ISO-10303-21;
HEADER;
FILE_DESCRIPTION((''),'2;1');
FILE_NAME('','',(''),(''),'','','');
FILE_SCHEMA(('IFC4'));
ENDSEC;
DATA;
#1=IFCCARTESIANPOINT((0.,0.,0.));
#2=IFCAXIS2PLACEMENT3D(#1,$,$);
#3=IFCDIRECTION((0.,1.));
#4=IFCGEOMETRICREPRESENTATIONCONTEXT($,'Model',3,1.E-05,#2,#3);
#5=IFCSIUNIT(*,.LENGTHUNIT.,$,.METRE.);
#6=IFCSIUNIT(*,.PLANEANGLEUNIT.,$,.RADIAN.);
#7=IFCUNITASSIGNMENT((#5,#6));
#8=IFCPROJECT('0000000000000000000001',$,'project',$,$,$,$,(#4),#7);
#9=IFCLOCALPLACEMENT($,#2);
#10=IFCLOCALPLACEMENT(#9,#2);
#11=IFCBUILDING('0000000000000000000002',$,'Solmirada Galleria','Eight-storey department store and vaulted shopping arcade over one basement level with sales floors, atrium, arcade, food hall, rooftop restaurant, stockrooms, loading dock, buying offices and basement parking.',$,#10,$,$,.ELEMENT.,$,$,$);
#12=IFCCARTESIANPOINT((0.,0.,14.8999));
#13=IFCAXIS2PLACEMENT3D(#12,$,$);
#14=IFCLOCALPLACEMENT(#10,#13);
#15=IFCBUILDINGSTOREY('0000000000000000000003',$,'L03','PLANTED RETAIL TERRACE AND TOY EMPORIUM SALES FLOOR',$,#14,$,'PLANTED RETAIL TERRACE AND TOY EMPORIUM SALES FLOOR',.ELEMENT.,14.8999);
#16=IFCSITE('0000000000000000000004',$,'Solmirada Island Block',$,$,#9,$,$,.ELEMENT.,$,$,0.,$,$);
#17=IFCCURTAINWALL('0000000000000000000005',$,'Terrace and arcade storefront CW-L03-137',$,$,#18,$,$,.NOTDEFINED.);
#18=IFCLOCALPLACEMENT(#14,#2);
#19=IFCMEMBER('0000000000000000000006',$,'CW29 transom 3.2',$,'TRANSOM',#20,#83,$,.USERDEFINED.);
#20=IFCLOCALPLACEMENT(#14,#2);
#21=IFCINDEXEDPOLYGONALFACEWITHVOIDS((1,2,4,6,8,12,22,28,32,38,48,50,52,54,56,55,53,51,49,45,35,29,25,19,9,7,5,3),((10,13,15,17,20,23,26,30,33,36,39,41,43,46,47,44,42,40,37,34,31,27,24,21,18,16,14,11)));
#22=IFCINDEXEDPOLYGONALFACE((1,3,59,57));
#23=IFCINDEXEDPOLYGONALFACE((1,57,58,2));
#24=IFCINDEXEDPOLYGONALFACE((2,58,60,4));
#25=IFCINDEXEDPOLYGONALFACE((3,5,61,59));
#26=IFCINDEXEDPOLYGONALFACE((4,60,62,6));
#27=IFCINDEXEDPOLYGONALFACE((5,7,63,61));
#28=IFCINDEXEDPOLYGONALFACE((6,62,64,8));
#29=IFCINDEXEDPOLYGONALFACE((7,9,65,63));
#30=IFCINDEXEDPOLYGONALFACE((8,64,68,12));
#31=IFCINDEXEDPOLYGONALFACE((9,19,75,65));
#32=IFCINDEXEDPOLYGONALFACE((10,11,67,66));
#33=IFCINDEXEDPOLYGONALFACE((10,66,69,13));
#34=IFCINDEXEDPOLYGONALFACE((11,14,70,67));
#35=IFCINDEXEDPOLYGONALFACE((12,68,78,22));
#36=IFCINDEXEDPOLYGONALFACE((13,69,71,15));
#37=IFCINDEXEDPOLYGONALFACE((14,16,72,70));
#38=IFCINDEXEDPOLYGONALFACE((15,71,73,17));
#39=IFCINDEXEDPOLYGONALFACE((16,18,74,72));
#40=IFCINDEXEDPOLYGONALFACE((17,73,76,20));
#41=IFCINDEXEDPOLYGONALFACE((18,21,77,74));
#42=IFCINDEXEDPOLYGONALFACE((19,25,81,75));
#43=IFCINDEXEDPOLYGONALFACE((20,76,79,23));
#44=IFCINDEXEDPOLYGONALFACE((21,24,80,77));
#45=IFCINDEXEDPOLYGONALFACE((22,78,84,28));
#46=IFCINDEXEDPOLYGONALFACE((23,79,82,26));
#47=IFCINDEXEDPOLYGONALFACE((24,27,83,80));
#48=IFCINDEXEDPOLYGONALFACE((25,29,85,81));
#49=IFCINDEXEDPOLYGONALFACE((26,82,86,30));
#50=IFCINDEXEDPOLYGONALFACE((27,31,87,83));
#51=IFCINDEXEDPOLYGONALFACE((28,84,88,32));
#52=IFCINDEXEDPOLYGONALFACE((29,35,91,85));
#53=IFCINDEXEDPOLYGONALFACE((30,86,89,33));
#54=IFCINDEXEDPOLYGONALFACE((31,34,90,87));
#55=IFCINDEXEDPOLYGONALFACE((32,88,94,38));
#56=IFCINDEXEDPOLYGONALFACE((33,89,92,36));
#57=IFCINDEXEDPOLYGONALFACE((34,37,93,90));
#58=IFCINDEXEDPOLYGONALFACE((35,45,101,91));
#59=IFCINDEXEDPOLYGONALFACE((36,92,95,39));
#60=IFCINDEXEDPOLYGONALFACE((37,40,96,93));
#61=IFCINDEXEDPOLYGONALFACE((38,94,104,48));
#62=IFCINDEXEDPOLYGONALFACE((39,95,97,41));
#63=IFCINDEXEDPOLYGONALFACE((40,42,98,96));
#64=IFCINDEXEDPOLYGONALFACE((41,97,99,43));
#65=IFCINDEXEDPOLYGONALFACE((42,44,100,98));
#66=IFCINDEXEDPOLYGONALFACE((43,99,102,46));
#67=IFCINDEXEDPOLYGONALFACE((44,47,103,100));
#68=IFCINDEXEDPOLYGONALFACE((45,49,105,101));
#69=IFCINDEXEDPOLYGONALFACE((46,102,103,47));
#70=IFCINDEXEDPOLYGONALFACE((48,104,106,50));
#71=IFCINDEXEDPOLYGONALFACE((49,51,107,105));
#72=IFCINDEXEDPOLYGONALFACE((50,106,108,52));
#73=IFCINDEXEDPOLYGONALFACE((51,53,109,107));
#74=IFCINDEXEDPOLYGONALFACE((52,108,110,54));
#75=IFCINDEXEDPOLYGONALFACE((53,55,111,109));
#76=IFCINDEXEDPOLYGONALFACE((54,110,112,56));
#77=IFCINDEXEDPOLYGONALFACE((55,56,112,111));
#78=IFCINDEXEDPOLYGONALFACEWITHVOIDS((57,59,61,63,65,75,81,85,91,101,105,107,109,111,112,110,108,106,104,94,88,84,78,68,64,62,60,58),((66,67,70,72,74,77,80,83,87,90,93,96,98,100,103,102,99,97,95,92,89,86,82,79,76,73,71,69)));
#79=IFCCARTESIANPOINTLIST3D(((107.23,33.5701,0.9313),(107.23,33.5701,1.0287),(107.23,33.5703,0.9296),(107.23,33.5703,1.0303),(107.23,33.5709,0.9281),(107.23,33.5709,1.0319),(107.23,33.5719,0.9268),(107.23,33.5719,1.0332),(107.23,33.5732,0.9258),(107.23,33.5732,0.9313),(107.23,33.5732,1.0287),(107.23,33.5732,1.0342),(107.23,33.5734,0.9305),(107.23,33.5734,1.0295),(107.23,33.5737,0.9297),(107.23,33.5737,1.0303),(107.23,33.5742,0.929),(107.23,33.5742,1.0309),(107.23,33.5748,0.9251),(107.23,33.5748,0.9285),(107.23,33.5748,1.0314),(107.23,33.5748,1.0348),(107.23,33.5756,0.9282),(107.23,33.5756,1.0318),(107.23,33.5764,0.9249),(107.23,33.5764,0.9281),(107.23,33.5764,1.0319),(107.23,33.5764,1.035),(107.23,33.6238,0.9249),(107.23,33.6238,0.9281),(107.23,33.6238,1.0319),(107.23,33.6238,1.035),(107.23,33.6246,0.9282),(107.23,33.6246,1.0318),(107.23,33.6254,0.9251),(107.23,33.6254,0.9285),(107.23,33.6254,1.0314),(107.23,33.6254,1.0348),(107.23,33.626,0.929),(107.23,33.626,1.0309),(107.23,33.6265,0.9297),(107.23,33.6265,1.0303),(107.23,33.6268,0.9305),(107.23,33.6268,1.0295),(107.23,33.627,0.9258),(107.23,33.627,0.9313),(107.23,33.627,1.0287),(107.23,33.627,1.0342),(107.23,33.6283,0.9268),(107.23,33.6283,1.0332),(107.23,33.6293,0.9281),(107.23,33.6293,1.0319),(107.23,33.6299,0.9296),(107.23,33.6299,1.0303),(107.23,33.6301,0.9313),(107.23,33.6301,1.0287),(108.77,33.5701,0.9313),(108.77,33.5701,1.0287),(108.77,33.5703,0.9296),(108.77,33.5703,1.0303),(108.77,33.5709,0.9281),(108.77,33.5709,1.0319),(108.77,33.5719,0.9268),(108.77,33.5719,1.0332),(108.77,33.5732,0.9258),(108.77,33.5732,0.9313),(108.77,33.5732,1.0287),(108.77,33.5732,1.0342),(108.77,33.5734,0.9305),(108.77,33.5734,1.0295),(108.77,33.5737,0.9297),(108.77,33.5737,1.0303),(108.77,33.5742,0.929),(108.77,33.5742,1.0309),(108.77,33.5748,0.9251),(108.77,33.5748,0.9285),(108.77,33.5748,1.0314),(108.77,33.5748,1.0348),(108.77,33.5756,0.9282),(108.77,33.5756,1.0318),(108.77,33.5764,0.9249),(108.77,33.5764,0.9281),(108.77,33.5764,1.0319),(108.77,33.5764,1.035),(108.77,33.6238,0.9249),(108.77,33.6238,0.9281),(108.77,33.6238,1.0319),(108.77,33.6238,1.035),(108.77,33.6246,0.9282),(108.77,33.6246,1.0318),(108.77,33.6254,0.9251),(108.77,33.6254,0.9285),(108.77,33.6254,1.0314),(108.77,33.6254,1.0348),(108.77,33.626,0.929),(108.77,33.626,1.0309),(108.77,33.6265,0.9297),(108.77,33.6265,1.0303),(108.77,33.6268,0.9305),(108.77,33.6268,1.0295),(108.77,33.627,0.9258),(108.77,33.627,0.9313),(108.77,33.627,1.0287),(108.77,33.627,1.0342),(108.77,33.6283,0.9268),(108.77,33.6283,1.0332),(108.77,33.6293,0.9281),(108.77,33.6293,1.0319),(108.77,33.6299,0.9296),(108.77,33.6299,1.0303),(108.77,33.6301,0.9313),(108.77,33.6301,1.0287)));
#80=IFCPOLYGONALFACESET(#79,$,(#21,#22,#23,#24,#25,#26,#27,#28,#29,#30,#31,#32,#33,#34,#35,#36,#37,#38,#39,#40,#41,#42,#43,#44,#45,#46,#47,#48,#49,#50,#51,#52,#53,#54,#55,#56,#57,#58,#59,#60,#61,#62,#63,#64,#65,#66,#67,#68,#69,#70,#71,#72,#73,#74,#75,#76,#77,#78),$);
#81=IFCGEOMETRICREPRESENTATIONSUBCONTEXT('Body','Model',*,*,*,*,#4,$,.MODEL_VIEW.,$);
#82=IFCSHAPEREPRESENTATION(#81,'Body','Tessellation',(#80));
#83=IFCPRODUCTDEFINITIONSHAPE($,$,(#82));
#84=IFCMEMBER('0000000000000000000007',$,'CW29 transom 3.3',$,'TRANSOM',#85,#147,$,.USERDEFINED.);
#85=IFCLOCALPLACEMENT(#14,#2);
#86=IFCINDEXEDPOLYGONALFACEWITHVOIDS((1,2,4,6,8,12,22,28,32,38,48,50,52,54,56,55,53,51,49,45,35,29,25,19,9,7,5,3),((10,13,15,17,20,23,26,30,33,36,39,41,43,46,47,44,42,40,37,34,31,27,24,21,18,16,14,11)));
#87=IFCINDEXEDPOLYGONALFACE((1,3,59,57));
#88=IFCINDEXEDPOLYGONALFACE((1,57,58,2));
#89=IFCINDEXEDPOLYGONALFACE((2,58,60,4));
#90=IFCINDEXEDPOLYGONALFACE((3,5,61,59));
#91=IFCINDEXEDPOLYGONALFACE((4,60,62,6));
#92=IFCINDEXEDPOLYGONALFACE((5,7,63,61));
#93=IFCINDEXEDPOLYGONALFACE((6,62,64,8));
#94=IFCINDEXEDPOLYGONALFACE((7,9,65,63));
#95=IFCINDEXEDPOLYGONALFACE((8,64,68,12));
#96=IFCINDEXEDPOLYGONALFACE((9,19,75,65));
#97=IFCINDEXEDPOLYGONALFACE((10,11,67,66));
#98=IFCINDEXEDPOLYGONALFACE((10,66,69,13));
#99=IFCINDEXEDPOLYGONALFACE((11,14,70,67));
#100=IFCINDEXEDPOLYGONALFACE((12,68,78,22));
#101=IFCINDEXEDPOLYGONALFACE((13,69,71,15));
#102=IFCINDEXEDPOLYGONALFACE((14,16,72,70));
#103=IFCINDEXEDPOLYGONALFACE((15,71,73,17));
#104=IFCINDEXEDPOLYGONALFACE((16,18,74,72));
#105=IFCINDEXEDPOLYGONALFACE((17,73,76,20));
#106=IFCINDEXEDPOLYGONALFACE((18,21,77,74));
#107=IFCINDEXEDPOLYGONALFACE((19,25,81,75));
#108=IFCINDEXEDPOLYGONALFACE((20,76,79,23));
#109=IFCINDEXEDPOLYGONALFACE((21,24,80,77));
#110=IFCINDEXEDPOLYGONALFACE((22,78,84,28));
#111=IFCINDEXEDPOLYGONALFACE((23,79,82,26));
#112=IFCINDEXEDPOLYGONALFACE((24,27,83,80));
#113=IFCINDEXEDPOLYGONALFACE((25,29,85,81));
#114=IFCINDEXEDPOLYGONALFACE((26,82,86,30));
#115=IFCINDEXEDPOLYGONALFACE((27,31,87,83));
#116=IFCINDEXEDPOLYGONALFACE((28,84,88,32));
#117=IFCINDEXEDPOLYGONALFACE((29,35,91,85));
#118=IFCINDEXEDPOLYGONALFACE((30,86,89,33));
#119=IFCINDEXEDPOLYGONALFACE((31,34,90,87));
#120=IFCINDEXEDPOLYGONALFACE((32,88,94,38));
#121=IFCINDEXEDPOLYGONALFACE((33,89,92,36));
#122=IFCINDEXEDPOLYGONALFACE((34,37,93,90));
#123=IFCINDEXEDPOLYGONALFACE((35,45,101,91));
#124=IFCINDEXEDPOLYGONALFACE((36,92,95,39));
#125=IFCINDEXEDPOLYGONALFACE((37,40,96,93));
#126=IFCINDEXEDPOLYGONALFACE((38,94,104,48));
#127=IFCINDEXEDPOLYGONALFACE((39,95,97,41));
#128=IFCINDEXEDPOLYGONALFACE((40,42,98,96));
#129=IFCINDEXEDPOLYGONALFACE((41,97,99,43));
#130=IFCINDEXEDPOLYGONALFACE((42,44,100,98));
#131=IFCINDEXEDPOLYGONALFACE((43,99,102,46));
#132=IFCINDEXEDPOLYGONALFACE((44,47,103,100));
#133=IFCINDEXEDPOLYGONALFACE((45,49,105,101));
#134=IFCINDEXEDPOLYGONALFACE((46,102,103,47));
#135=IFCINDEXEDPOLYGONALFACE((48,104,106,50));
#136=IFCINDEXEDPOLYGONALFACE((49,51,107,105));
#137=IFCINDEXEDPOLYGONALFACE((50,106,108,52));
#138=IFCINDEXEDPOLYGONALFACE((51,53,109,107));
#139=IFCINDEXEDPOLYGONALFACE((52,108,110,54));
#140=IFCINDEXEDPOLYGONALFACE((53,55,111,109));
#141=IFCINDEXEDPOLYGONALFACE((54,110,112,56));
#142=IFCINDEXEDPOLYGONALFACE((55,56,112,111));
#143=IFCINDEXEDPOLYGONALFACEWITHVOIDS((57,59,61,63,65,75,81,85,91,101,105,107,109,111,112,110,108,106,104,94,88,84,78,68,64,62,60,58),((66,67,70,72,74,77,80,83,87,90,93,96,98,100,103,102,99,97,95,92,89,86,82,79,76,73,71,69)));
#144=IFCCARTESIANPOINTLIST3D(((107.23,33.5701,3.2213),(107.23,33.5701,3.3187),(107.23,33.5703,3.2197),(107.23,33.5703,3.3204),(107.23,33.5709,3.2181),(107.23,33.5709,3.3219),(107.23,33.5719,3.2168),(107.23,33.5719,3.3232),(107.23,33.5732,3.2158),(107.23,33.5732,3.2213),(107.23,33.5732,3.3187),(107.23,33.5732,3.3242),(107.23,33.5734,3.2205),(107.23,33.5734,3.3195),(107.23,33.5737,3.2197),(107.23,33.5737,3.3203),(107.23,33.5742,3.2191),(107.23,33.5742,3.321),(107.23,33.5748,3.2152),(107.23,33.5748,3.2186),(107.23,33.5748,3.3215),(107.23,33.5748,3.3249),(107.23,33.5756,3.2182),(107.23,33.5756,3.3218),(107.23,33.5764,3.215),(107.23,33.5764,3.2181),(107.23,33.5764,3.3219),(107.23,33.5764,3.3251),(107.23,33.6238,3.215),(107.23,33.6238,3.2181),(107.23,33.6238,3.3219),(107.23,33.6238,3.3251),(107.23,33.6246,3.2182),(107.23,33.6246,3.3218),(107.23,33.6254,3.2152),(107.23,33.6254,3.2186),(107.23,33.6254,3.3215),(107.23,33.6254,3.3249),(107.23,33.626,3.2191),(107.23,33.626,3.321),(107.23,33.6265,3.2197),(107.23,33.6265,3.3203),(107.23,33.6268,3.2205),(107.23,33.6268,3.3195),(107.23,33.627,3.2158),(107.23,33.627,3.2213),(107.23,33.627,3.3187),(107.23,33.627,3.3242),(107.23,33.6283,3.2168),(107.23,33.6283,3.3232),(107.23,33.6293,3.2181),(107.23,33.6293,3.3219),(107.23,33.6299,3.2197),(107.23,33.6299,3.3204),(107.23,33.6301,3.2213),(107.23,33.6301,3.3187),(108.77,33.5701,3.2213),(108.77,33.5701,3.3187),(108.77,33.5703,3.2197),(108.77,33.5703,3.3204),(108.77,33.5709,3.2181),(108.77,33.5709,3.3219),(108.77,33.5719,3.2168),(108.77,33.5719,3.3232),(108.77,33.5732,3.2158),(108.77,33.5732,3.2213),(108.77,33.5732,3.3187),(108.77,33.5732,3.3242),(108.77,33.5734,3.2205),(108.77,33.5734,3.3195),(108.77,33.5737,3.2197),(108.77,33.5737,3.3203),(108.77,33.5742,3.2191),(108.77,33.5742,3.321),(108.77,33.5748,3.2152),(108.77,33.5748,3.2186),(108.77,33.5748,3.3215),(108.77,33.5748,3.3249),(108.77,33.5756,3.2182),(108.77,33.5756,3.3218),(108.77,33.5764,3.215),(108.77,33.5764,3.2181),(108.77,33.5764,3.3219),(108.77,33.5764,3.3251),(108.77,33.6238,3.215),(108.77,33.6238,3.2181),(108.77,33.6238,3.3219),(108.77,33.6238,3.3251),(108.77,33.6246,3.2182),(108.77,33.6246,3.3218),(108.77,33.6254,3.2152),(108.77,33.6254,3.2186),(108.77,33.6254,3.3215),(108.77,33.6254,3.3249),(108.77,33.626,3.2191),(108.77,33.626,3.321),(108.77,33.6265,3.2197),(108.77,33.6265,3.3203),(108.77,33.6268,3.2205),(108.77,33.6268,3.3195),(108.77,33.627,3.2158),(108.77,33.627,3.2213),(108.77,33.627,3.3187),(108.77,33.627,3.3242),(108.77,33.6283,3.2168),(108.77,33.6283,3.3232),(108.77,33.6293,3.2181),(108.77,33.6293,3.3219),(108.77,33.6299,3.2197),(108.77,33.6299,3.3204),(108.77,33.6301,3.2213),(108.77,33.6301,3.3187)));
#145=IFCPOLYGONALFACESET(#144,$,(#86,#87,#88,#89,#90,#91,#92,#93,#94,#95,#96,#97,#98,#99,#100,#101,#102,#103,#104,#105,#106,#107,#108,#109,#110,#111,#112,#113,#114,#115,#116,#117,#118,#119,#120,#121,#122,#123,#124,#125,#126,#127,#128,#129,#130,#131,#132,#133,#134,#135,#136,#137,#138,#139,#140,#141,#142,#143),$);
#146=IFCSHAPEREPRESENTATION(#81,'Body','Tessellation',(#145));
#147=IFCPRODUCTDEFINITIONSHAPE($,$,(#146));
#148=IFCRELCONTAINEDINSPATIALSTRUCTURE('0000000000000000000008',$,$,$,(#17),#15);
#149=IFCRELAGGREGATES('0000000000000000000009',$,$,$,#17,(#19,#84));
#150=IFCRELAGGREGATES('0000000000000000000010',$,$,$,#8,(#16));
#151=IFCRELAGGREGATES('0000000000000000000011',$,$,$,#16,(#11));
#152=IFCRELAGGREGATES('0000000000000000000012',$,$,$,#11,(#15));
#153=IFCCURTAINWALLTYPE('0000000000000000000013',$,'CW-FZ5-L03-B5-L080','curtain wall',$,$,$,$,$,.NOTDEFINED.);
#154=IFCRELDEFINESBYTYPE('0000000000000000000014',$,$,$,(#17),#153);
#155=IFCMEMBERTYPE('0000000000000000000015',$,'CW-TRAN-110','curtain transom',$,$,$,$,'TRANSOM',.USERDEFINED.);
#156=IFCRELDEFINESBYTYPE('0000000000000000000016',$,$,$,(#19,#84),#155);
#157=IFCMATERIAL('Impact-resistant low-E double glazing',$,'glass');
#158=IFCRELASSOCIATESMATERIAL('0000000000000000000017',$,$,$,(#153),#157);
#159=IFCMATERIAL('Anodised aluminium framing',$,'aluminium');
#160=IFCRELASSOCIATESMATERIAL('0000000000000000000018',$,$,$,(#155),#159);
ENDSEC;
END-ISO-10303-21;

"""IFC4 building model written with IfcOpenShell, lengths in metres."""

from ifc_helpers import new_model, si_unit, direction, frame, origin, origin_2d, place, context, subcontext, project, spatial, hollow_rectangle, extrude, material, material_profile, profile_set, type_object, element, aggregate, save


model = new_model("IFC4")

# Units and contexts
model_context = context("Model", 3, precision=1e-05, world=origin(), true_north=direction((0.0, 1.0)))
body_context = subcontext(model_context, "Body", "Model", "MODEL_VIEW")
ifc_project = project(units=[si_unit("LENGTHUNIT", "METRE"), si_unit("PLANEANGLEUNIT", "RADIAN")], contexts=[model_context])

# Site, building, storey
site_placement = place(None, origin())
site = spatial("IfcSite", under=ifc_project, at=site_placement, Name="Solmirada Island Block", CompositionType="ELEMENT", RefElevation=0.0)
building_placement = place(site_placement, origin())
building = spatial("IfcBuilding", under=site, at=building_placement, Name="Solmirada Galleria", Description="Eight-storey department store and vaulted shopping arcade over one basement level with sales floors, atrium, arcade, food hall, rooftop restaurant, stockrooms, loading dock, buying offices and basement parking.", CompositionType="ELEMENT")
storey_placement = place(building_placement, frame((0.0, 0.0, 14.8999)))
storey = spatial("IfcBuildingStorey", under=building, at=storey_placement, Name="L03", Description="PLANTED RETAIL TERRACE AND TOY EMPORIUM SALES FLOOR", LongName="PLANTED RETAIL TERRACE AND TOY EMPORIUM SALES FLOOR", CompositionType="ELEMENT", Elevation=14.8999)

# Shared definitions
ifc_material_1 = material(Name="Impact-resistant low-E double glazing", Category="glass")
curtain_wall_type = type_object("IfcCurtainWallType", Name="CW-FZ5-L03-B5-L080", Description="curtain wall", PredefinedType="NOTDEFINED", material=ifc_material_1)
ifc_material_2 = material(Name="Anodised aluminium framing", Category="aluminium")

# Curtain wall
curtain_wall_1_placement = place(storey_placement, origin())
curtain_wall_1 = element("IfcCurtainWall", 1, at=curtain_wall_1_placement, inside=storey, type_object=curtain_wall_type, Name="Terrace and arcade storefront CW-L03-137", PredefinedType="NOTDEFINED")

# Members
ifc_material_profile_1 = material_profile(ifc_material_2, hollow_rectangle(XDim=0.0601, YDim=0.1101, WallThickness=0.0032, InnerFilletRadius=0.0032, OuterFilletRadius=0.0063, at=origin_2d()), Name="ALU-TRAN-110X60")
ifc_profile_set_1 = profile_set([ifc_material_profile_1], Name="Anodised aluminium framing")
member_type_1 = type_object("IfcMemberType", Name="CW-TRAN-110", Description="curtain transom", ElementType="TRANSOM", PredefinedType="USERDEFINED", material=ifc_profile_set_1)
member_1_placement = place(storey_placement, frame((107.23, 33.6001, 0.98), z_axis=(1.0, 0.0, 0.0), x_axis=(0.0, 1.0, 0.0)))
member_1 = element("IfcMember", 2, at=member_1_placement, type_object=member_type_1, Name="CW29 transom 3.2", ObjectType="TRANSOM", PredefinedType="USERDEFINED", context=body_context, shape_type="SweptSolid", body=[
    extrude(hollow_rectangle(XDim=0.0601, YDim=0.1101, WallThickness=0.0032, InnerFilletRadius=0.0032, OuterFilletRadius=0.0063, at=origin_2d()), origin(), (0.0, 0.0, 1.0), 1.54),
])
member_2_placement = place(storey_placement, frame((107.23, 33.6001, 3.27), z_axis=(1.0, 0.0, 0.0), x_axis=(0.0, 1.0, 0.0)))
member_2 = element("IfcMember", 3, at=member_2_placement, type_object=member_type_1, Name="CW29 transom 3.3", ObjectType="TRANSOM", PredefinedType="USERDEFINED", context=body_context, shape_type="SweptSolid", body=[
    extrude(hollow_rectangle(XDim=0.0601, YDim=0.1101, WallThickness=0.0032, InnerFilletRadius=0.0032, OuterFilletRadius=0.0063, at=origin_2d()), origin(), (0.0, 0.0, 1.0), 1.54),
])

aggregate(curtain_wall_1, [member_1, member_2])

save(model, "model.ifc")
